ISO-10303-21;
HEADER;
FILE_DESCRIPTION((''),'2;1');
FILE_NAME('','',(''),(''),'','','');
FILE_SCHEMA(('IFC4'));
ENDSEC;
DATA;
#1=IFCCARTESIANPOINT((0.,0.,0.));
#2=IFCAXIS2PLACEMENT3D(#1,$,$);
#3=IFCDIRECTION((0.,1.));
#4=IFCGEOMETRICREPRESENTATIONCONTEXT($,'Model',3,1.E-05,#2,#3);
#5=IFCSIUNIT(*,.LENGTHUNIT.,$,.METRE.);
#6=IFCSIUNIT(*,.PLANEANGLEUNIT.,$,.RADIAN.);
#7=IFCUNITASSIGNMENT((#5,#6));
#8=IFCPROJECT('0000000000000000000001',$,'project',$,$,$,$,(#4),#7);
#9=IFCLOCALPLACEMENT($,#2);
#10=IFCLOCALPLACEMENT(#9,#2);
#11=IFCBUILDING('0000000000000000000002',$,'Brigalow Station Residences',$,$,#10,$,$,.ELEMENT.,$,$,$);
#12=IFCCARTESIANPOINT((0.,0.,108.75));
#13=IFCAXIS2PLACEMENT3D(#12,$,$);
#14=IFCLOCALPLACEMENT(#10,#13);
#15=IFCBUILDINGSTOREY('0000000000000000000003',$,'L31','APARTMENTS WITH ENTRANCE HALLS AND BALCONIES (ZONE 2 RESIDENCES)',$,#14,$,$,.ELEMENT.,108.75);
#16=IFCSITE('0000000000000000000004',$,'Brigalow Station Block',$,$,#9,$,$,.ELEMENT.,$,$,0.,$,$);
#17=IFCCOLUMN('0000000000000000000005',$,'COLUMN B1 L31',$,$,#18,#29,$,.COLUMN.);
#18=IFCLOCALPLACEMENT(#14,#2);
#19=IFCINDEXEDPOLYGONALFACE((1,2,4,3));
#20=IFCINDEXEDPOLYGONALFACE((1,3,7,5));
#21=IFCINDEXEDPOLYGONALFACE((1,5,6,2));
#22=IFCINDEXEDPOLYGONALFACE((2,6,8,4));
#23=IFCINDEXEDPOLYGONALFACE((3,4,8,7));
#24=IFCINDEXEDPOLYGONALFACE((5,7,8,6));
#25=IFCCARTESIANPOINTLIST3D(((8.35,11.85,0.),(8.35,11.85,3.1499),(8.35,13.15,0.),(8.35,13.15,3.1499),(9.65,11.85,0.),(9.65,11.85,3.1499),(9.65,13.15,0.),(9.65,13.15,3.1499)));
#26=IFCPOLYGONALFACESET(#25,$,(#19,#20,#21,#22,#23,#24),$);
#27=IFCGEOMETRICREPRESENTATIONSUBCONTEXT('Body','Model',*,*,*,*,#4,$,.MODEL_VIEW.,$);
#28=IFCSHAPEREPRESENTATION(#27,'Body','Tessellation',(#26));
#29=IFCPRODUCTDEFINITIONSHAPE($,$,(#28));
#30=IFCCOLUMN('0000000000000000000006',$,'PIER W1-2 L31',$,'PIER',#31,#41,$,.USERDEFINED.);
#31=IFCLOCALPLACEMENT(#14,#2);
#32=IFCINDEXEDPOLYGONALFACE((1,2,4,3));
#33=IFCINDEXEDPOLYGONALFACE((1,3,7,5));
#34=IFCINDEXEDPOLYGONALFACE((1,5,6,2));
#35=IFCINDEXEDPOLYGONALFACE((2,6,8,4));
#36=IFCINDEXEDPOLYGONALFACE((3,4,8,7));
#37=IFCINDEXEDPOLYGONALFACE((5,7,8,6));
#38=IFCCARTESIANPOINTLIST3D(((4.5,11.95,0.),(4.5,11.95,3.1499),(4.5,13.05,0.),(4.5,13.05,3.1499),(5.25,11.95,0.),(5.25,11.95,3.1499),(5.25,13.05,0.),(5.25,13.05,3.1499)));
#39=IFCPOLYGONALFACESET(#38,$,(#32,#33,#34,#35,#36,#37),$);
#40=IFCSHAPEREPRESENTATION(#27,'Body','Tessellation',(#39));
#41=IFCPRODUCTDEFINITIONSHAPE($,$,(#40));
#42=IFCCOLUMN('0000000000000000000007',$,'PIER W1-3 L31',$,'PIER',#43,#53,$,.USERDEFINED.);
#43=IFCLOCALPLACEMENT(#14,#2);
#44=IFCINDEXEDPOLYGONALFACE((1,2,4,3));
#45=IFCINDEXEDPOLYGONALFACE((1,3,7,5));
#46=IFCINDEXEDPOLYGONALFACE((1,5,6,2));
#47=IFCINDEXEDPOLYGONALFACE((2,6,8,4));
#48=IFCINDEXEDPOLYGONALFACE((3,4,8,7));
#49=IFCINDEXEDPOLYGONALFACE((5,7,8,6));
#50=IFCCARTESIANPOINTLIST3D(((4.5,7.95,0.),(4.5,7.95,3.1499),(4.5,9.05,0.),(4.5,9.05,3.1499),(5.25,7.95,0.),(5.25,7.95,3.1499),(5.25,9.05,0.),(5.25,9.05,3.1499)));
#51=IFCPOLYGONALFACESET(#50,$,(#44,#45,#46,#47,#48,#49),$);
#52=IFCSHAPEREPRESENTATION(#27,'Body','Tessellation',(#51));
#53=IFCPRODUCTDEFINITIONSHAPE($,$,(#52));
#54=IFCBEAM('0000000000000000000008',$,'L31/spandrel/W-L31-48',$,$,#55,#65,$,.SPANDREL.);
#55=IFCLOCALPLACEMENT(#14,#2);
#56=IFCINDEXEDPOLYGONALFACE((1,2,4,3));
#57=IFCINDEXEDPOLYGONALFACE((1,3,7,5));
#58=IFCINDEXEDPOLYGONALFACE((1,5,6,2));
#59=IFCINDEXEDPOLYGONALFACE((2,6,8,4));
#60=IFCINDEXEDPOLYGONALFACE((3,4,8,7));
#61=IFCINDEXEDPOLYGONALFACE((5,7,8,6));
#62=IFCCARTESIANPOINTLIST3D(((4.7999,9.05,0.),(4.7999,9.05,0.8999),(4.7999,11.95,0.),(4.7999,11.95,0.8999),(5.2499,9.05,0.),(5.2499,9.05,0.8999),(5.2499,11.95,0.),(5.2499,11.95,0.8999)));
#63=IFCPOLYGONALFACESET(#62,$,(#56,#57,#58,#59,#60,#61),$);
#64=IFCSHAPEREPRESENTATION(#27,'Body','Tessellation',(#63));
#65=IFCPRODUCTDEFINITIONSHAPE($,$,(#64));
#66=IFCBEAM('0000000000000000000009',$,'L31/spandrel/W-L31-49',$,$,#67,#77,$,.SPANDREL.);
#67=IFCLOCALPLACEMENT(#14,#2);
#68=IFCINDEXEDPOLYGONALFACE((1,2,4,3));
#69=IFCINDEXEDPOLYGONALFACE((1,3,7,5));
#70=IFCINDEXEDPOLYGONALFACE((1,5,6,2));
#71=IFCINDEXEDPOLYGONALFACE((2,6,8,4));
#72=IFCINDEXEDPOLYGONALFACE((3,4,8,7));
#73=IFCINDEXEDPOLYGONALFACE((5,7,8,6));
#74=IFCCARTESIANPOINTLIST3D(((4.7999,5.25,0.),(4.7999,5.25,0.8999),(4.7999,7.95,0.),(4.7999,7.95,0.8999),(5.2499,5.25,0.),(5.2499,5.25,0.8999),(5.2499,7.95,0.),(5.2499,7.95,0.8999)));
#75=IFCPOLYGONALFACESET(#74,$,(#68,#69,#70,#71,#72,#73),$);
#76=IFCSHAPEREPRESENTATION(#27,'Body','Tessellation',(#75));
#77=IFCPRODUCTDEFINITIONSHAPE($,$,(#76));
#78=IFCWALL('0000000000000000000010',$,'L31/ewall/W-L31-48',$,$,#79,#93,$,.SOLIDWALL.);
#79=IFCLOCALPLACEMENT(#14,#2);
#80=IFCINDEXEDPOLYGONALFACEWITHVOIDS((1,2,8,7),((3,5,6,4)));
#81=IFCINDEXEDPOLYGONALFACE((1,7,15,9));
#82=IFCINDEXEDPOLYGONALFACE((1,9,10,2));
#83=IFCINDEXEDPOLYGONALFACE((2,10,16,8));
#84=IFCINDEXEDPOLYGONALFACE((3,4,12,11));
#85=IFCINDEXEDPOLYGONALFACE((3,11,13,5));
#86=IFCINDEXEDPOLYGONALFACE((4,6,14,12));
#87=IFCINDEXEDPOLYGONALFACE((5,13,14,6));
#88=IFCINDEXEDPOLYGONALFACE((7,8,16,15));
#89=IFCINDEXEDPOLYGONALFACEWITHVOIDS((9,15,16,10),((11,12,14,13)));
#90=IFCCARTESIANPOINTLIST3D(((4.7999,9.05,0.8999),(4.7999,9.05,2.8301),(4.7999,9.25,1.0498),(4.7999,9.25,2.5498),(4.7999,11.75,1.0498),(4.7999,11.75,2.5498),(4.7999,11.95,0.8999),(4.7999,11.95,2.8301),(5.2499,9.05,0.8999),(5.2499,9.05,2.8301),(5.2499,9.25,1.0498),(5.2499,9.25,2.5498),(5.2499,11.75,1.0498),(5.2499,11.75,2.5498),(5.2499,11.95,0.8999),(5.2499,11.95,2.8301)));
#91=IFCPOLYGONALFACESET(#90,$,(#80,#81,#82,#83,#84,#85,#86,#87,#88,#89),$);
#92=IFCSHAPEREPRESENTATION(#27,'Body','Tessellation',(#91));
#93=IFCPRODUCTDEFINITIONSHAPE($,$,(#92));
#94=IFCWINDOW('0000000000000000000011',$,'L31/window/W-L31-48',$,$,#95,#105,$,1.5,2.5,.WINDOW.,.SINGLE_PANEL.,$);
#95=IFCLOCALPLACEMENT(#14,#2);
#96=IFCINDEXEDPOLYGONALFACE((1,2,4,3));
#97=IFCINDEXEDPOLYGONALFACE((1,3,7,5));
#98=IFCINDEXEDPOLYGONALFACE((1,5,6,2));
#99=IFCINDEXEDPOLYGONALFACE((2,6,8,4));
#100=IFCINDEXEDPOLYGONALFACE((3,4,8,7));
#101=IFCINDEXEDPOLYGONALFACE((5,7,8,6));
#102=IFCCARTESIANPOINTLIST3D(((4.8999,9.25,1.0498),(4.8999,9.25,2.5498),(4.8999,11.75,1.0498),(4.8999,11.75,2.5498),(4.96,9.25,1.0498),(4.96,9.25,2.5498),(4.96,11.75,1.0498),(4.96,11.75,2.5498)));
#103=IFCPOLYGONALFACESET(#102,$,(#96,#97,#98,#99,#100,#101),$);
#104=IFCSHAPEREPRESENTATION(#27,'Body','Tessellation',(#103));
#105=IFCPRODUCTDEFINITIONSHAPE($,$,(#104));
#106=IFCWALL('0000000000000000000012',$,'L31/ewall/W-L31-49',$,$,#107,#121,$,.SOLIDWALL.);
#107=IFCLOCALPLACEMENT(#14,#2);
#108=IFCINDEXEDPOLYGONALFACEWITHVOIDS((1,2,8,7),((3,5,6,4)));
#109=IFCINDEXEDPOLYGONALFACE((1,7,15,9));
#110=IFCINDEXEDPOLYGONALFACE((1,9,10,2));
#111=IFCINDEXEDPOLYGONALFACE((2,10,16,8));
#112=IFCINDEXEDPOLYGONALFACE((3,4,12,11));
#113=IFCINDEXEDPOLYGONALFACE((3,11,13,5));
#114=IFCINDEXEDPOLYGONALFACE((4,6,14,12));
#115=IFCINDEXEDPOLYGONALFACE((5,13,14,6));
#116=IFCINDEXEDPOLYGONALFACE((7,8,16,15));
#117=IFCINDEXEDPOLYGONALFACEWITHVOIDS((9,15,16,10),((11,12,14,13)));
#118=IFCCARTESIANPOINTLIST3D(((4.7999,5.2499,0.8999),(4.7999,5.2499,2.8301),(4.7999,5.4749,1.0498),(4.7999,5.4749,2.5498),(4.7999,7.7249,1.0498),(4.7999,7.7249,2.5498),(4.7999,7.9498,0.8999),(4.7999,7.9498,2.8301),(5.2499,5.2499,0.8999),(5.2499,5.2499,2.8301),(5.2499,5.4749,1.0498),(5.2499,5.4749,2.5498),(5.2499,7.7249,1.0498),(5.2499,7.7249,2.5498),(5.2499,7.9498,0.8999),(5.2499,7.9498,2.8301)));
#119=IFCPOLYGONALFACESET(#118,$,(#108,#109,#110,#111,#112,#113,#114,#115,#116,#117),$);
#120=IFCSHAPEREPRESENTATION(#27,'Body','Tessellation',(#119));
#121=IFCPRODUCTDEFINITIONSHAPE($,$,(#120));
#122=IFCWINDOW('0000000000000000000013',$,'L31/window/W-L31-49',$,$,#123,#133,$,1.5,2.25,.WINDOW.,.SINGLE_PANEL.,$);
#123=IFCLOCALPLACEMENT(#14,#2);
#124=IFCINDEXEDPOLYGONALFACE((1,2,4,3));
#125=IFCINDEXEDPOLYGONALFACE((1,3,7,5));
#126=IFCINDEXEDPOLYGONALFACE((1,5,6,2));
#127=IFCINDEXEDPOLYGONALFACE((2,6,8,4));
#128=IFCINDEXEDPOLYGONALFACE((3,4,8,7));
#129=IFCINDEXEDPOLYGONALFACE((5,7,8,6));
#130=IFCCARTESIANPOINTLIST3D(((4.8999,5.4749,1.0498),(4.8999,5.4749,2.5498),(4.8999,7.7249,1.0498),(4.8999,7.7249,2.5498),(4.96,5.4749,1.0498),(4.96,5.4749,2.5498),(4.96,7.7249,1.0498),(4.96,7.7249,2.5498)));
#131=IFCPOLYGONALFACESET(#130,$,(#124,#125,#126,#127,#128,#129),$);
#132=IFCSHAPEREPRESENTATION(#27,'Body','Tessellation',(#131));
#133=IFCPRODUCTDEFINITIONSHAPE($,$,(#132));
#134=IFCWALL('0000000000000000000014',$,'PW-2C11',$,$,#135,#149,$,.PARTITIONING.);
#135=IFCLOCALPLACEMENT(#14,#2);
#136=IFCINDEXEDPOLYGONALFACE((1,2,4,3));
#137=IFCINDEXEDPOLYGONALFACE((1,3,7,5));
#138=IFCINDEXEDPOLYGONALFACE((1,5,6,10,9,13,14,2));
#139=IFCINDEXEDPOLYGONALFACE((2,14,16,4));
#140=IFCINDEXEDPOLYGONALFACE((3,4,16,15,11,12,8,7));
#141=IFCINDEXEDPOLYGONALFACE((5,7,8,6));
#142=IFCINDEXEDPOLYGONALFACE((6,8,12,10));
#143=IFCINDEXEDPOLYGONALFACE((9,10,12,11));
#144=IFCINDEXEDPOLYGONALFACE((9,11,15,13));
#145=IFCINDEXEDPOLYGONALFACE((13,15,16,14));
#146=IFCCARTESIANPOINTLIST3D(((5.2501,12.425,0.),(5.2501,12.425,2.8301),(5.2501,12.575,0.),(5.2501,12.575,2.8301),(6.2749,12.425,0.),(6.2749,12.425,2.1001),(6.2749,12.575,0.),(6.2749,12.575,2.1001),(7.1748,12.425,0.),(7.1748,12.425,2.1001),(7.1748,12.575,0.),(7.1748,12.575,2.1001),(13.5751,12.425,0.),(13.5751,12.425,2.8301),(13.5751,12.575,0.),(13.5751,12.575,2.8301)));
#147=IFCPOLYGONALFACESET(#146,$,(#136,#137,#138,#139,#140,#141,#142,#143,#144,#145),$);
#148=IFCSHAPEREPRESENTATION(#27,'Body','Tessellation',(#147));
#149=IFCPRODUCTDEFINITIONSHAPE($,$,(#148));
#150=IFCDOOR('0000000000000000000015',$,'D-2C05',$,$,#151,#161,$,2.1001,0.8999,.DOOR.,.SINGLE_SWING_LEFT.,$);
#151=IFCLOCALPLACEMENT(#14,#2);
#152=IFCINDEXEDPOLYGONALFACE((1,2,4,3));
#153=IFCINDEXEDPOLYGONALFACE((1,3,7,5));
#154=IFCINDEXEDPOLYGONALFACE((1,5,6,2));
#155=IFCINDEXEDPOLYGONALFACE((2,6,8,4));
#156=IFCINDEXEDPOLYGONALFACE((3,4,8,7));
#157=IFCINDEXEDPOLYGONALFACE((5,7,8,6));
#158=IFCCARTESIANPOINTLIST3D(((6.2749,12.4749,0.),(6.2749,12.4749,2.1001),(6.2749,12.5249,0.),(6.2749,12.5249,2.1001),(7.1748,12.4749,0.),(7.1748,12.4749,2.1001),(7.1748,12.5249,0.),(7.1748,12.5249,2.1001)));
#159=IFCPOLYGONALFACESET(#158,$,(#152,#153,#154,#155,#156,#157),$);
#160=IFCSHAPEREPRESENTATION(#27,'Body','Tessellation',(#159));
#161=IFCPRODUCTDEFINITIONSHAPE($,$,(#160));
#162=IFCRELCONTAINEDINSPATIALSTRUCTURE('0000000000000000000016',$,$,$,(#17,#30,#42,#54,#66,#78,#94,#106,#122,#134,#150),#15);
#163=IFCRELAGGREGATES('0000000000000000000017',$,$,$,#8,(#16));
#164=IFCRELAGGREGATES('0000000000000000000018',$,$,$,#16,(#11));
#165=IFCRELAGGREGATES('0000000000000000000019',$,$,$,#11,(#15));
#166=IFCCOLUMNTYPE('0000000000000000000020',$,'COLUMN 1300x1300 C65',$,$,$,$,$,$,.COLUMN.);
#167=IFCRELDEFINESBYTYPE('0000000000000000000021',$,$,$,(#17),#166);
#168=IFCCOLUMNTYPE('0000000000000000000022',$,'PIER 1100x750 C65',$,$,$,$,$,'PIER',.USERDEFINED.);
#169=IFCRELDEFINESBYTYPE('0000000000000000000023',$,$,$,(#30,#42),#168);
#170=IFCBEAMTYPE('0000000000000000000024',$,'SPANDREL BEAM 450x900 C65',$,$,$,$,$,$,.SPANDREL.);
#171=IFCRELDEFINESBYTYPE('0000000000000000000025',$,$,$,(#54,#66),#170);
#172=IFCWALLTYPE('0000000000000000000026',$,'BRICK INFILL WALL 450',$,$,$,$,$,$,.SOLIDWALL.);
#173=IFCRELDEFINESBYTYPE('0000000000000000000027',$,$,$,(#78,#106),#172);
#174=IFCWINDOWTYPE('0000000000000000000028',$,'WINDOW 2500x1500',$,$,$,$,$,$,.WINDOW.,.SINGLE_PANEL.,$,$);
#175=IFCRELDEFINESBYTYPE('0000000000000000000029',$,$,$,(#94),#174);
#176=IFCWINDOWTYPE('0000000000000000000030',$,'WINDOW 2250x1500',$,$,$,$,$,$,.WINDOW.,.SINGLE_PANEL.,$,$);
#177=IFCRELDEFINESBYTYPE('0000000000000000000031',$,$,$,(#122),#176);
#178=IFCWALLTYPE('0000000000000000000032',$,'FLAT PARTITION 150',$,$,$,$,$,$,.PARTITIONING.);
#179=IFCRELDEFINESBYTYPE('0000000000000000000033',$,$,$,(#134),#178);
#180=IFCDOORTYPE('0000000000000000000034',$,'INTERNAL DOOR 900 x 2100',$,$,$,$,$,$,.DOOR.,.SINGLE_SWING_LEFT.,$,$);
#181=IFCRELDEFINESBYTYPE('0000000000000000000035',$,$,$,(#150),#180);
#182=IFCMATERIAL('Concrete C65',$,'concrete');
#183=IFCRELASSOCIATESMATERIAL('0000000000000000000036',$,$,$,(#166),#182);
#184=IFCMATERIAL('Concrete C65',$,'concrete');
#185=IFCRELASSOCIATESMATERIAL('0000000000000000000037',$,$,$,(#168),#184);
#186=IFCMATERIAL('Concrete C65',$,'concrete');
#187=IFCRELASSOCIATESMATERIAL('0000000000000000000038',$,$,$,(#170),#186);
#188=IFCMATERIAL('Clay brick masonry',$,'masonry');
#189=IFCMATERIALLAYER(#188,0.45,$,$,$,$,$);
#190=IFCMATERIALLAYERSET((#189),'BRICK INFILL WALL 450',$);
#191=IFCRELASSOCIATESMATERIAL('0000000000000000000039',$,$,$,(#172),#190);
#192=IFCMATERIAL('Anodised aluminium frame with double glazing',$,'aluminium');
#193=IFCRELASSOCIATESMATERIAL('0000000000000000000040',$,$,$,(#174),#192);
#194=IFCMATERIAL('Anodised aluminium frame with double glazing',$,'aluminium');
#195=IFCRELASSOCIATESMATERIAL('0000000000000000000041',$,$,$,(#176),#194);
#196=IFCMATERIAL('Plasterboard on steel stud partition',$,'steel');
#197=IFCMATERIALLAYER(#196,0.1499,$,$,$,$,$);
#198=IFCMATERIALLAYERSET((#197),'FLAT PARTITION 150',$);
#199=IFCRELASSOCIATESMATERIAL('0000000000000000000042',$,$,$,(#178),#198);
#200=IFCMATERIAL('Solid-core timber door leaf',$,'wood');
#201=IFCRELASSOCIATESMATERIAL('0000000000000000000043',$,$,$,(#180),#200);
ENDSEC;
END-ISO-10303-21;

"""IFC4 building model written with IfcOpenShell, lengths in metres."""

from ifc_helpers import new_model, si_unit, direction, frame, frame_2d, origin, origin_2d, place, context, subcontext, project, spatial, rectangle, extrude, material, layer, layer_set, material_profile, profile_set, type_object, element, fill, save


model = new_model("IFC4")

# Units and contexts
model_context = context("Model", 3, precision=1e-05, world=origin(), true_north=direction((0.0, 1.0)))
body_context = subcontext(model_context, "Body", "Model", "MODEL_VIEW")
ifc_project = project(units=[si_unit("LENGTHUNIT", "METRE"), si_unit("PLANEANGLEUNIT", "RADIAN")], contexts=[model_context])

# Site, building, storey
site_placement = place(None, origin())
site = spatial("IfcSite", under=ifc_project, at=site_placement, Name="Brigalow Station Block", CompositionType="ELEMENT", RefElevation=0.0)
building_placement = place(site_placement, origin())
building = spatial("IfcBuilding", under=site, at=building_placement, Name="Brigalow Station Residences", CompositionType="ELEMENT")
storey_placement = place(building_placement, frame((0.0, 0.0, 108.75)))
storey = spatial("IfcBuildingStorey", under=building, at=storey_placement, Name="L31", Description="APARTMENTS WITH ENTRANCE HALLS AND BALCONIES (ZONE 2 RESIDENCES)", CompositionType="ELEMENT", Elevation=108.75)

# Columns
ifc_material_1 = material(Name="Concrete C65", Category="concrete")
ifc_material_profile_1 = material_profile(ifc_material_1, rectangle(XDim=1.3, YDim=1.3, at=origin_2d()), Name="RC1300x1300")
ifc_profile_set_1 = profile_set([ifc_material_profile_1], Name="Concrete C65")
column_type_1 = type_object("IfcColumnType", Name="COLUMN 1300x1300 C65", PredefinedType="COLUMN", material=ifc_profile_set_1)
column_placement = place(storey_placement, frame((9.0, 12.5, 0.0), z_axis=(0.0, 0.0, 1.0), x_axis=(1.0, 0.0, 0.0)))
element("IfcColumn", 1, at=column_placement, inside=storey, type_object=column_type_1, Name="COLUMN B1 L31", PredefinedType="COLUMN", context=body_context, shape_type="SweptSolid", body=[
    extrude(rectangle(XDim=1.3, YDim=1.3, at=origin_2d()), origin(), (0.0, 0.0, 1.0), 3.1499),
])
ifc_material_2 = material(Name="Concrete C65", Category="concrete")
ifc_material_profile_2 = material_profile(ifc_material_2, rectangle(XDim=1.1001, YDim=0.75, at=origin_2d()), Name="RC1100x750")
ifc_profile_set_2 = profile_set([ifc_material_profile_2], Name="Concrete C65")
column_type_2 = type_object("IfcColumnType", Name="PIER 1100x750 C65", ElementType="PIER", PredefinedType="USERDEFINED", material=ifc_profile_set_2)
for number, where, z_axis, x_axis, name in (
    (2, (4.875, 12.5, 0.0), (0.0, 0.0, 1.0), (0.0, -1.0, 0.0), "PIER W1-2 L31"),
    (3, (4.875, 8.5, 0.0), (0.0, 0.0, 1.0), (0.0, -1.0, 0.0), "PIER W1-3 L31"),
):
    element("IfcColumn", number, at=place(storey_placement, frame(where, z_axis=z_axis, x_axis=x_axis)), inside=storey, type_object=column_type_2, Name=name, ObjectType="PIER", PredefinedType="USERDEFINED", context=body_context, shape_type="SweptSolid", body=[
        extrude(rectangle(XDim=1.1001, YDim=0.75, at=origin_2d()), origin(), (0.0, 0.0, 1.0), 3.1499),
    ])

# Beams
ifc_material_3 = material(Name="Concrete C65", Category="concrete")
ifc_material_profile_3 = material_profile(ifc_material_3, rectangle(XDim=0.45, YDim=0.8999, at=origin_2d()), Name="RC450x900")
ifc_profile_set_3 = profile_set([ifc_material_profile_3], Name="Concrete C65")
beam_type = type_object("IfcBeamType", Name="SPANDREL BEAM 450x900 C65", PredefinedType="SPANDREL", material=ifc_profile_set_3)
beam_1_placement = place(storey_placement, frame((5.0249, 11.95, 0.45), z_axis=(0.0, -1.0, 0.0), x_axis=(1.0, 0.0, 0.0)))
element("IfcBeam", 4, at=beam_1_placement, inside=storey, type_object=beam_type, Name="L31/spandrel/W-L31-48", PredefinedType="SPANDREL", context=body_context, shape_type="SweptSolid", body=[
    extrude(rectangle(XDim=0.45, YDim=0.8999, at=origin_2d()), origin(), (0.0, 0.0, 1.0), 2.8999),
])
beam_2_placement = place(storey_placement, frame((5.0249, 7.95, 0.45), z_axis=(0.0, -1.0, 0.0), x_axis=(1.0, 0.0, 0.0)))
element("IfcBeam", 5, at=beam_2_placement, inside=storey, type_object=beam_type, Name="L31/spandrel/W-L31-49", PredefinedType="SPANDREL", context=body_context, shape_type="SweptSolid", body=[
    extrude(rectangle(XDim=0.45, YDim=0.8999, at=origin_2d()), origin(), (0.0, 0.0, 1.0), 2.7),
])

# Walls, openings, windows
ifc_material_4 = material(Name="Clay brick masonry", Category="masonry")
ifc_layer_1 = layer(ifc_material_4, 0.45)
ifc_layer_set_1 = layer_set([ifc_layer_1], Name="BRICK INFILL WALL 450")
wall_type_1 = type_object("IfcWallType", Name="BRICK INFILL WALL 450", PredefinedType="SOLIDWALL", material=ifc_layer_set_1)
wall_1_placement = place(storey_placement, frame((5.0249, 11.95, 0.8999), z_axis=(0.0, 0.0, 1.0), x_axis=(0.0, -1.0, 0.0)))
wall_1 = element("IfcWall", 6, at=wall_1_placement, inside=storey, type_object=wall_type_1, Name="L31/ewall/W-L31-48", PredefinedType="SOLIDWALL", context=body_context, shape_type="SweptSolid", body=[
    extrude(rectangle(XDim=2.8999, YDim=0.45, at=frame_2d((1.45, 0.0))), origin(), (0.0, 0.0, 1.0), 1.9302),
])
opening_1_placement = place(wall_1_placement, frame((0.2, 0.0, 0.1499)))
opening_1 = element("IfcOpeningElement", 7, at=opening_1_placement, cuts=wall_1, PredefinedType="OPENING", context=body_context, shape_type="SweptSolid", body=[
    extrude(rectangle(XDim=2.5, YDim=1.5, at=frame_2d((1.25, 0.75))), frame((0.0, 0.2349, 0.0), z_axis=(0.0, -1.0, 0.0), x_axis=(1.0, 0.0, 0.0)), (0.0, 0.0, 1.0), 0.47),
])
ifc_material_5 = material(Name="Anodised aluminium frame with double glazing", Category="aluminium")
window_type_1 = type_object("IfcWindowType", Name="WINDOW 2500x1500", PartitioningType="SINGLE_PANEL", PredefinedType="WINDOW", material=ifc_material_5)
window_1_placement = place(opening_1_placement, origin())
window_1 = element("IfcWindow", 8, at=window_1_placement, inside=storey, type_object=window_type_1, Name="L31/window/W-L31-48", OverallHeight=1.5, OverallWidth=2.5, PartitioningType="SINGLE_PANEL", PredefinedType="WINDOW", context=body_context, shape_type="SweptSolid", body=[
    extrude(rectangle(XDim=2.5, YDim=1.5, at=frame_2d((1.25, 0.75))), frame((0.0, -0.0649, 0.0), z_axis=(0.0, -1.0, 0.0), x_axis=(1.0, 0.0, 0.0)), (0.0, 0.0, 1.0), 0.0601),
])
fill(opening_1, window_1)
wall_2_placement = place(storey_placement, frame((5.0249, 7.95, 0.8999), z_axis=(0.0, 0.0, 1.0), x_axis=(0.0, -1.0, 0.0)))
wall_2 = element("IfcWall", 9, at=wall_2_placement, inside=storey, type_object=wall_type_1, Name="L31/ewall/W-L31-49", PredefinedType="SOLIDWALL", context=body_context, shape_type="SweptSolid", body=[
    extrude(rectangle(XDim=2.7, YDim=0.45, at=frame_2d((1.3501, 0.0))), origin(), (0.0, 0.0, 1.0), 1.9302),
])
opening_2_placement = place(wall_2_placement, frame((0.2251, 0.0, 0.1499)))
opening_2 = element("IfcOpeningElement", 10, at=opening_2_placement, cuts=wall_2, PredefinedType="OPENING", context=body_context, shape_type="SweptSolid", body=[
    extrude(rectangle(XDim=2.25, YDim=1.5, at=frame_2d((1.125, 0.75))), frame((0.0, 0.2349, 0.0), z_axis=(0.0, -1.0, 0.0), x_axis=(1.0, 0.0, 0.0)), (0.0, 0.0, 1.0), 0.47),
])
ifc_material_6 = material(Name="Anodised aluminium frame with double glazing", Category="aluminium")
window_type_2 = type_object("IfcWindowType", Name="WINDOW 2250x1500", PartitioningType="SINGLE_PANEL", PredefinedType="WINDOW", material=ifc_material_6)
window_2_placement = place(opening_2_placement, origin())
window_2 = element("IfcWindow", 11, at=window_2_placement, inside=storey, type_object=window_type_2, Name="L31/window/W-L31-49", OverallHeight=1.5, OverallWidth=2.25, PartitioningType="SINGLE_PANEL", PredefinedType="WINDOW", context=body_context, shape_type="SweptSolid", body=[
    extrude(rectangle(XDim=2.25, YDim=1.5, at=frame_2d((1.125, 0.75))), frame((0.0, -0.0649, 0.0), z_axis=(0.0, -1.0, 0.0), x_axis=(1.0, 0.0, 0.0)), (0.0, 0.0, 1.0), 0.0601),
])
fill(opening_2, window_2)

# Wall, opening, door
ifc_material_7 = material(Name="Plasterboard on steel stud partition", Category="steel")
ifc_layer_2 = layer(ifc_material_7, 0.1499)
ifc_layer_set_2 = layer_set([ifc_layer_2], Name="FLAT PARTITION 150")
wall_type_2 = type_object("IfcWallType", Name="FLAT PARTITION 150", PredefinedType="PARTITIONING", material=ifc_layer_set_2)
wall_3_placement = place(storey_placement, frame((5.25, 12.5, 0.0), z_axis=(0.0, 0.0, 1.0), x_axis=(1.0, 0.0, 0.0)))
wall_3 = element("IfcWall", 12, at=wall_3_placement, inside=storey, type_object=wall_type_2, Name="PW-2C11", PredefinedType="PARTITIONING", context=body_context, shape_type="SweptSolid", body=[
    extrude(rectangle(XDim=8.325, YDim=0.1499, at=frame_2d((4.1626, 0.0))), origin(), (0.0, 0.0, 1.0), 2.8301),
])
opening_3_placement = place(wall_3_placement, frame((1.0249, 0.0, 0.0)))
opening_3 = element("IfcOpeningElement", 13, at=opening_3_placement, cuts=wall_3, PredefinedType="OPENING", context=body_context, shape_type="SweptSolid", body=[
    extrude(rectangle(XDim=0.8999, YDim=2.1001, at=frame_2d((0.45, 1.05))), frame((0.0, 0.085, 0.0), z_axis=(0.0, -1.0, 0.0), x_axis=(1.0, 0.0, 0.0)), (0.0, 0.0, 1.0), 0.1699),
])
ifc_material_8 = material(Name="Solid-core timber door leaf", Category="wood")
door_type = type_object("IfcDoorType", Name="INTERNAL DOOR 900 x 2100", OperationType="SINGLE_SWING_LEFT", PredefinedType="DOOR", material=ifc_material_8)
door_1_placement = place(opening_3_placement, origin())
door_1 = element("IfcDoor", 14, at=door_1_placement, inside=storey, type_object=door_type, Name="D-2C05", OperationType="SINGLE_SWING_LEFT", OverallHeight=2.1001, OverallWidth=0.8999, PredefinedType="DOOR", context=body_context, shape_type="SweptSolid", body=[
    extrude(rectangle(XDim=0.8999, YDim=2.1001, at=frame_2d((0.45, 1.05))), frame((0.0, 0.0249, 0.0), z_axis=(0.0, -1.0, 0.0), x_axis=(1.0, 0.0, 0.0)), (0.0, 0.0, 1.0), 0.05),
])
fill(opening_3, door_1)

save(model, "model.ifc")
